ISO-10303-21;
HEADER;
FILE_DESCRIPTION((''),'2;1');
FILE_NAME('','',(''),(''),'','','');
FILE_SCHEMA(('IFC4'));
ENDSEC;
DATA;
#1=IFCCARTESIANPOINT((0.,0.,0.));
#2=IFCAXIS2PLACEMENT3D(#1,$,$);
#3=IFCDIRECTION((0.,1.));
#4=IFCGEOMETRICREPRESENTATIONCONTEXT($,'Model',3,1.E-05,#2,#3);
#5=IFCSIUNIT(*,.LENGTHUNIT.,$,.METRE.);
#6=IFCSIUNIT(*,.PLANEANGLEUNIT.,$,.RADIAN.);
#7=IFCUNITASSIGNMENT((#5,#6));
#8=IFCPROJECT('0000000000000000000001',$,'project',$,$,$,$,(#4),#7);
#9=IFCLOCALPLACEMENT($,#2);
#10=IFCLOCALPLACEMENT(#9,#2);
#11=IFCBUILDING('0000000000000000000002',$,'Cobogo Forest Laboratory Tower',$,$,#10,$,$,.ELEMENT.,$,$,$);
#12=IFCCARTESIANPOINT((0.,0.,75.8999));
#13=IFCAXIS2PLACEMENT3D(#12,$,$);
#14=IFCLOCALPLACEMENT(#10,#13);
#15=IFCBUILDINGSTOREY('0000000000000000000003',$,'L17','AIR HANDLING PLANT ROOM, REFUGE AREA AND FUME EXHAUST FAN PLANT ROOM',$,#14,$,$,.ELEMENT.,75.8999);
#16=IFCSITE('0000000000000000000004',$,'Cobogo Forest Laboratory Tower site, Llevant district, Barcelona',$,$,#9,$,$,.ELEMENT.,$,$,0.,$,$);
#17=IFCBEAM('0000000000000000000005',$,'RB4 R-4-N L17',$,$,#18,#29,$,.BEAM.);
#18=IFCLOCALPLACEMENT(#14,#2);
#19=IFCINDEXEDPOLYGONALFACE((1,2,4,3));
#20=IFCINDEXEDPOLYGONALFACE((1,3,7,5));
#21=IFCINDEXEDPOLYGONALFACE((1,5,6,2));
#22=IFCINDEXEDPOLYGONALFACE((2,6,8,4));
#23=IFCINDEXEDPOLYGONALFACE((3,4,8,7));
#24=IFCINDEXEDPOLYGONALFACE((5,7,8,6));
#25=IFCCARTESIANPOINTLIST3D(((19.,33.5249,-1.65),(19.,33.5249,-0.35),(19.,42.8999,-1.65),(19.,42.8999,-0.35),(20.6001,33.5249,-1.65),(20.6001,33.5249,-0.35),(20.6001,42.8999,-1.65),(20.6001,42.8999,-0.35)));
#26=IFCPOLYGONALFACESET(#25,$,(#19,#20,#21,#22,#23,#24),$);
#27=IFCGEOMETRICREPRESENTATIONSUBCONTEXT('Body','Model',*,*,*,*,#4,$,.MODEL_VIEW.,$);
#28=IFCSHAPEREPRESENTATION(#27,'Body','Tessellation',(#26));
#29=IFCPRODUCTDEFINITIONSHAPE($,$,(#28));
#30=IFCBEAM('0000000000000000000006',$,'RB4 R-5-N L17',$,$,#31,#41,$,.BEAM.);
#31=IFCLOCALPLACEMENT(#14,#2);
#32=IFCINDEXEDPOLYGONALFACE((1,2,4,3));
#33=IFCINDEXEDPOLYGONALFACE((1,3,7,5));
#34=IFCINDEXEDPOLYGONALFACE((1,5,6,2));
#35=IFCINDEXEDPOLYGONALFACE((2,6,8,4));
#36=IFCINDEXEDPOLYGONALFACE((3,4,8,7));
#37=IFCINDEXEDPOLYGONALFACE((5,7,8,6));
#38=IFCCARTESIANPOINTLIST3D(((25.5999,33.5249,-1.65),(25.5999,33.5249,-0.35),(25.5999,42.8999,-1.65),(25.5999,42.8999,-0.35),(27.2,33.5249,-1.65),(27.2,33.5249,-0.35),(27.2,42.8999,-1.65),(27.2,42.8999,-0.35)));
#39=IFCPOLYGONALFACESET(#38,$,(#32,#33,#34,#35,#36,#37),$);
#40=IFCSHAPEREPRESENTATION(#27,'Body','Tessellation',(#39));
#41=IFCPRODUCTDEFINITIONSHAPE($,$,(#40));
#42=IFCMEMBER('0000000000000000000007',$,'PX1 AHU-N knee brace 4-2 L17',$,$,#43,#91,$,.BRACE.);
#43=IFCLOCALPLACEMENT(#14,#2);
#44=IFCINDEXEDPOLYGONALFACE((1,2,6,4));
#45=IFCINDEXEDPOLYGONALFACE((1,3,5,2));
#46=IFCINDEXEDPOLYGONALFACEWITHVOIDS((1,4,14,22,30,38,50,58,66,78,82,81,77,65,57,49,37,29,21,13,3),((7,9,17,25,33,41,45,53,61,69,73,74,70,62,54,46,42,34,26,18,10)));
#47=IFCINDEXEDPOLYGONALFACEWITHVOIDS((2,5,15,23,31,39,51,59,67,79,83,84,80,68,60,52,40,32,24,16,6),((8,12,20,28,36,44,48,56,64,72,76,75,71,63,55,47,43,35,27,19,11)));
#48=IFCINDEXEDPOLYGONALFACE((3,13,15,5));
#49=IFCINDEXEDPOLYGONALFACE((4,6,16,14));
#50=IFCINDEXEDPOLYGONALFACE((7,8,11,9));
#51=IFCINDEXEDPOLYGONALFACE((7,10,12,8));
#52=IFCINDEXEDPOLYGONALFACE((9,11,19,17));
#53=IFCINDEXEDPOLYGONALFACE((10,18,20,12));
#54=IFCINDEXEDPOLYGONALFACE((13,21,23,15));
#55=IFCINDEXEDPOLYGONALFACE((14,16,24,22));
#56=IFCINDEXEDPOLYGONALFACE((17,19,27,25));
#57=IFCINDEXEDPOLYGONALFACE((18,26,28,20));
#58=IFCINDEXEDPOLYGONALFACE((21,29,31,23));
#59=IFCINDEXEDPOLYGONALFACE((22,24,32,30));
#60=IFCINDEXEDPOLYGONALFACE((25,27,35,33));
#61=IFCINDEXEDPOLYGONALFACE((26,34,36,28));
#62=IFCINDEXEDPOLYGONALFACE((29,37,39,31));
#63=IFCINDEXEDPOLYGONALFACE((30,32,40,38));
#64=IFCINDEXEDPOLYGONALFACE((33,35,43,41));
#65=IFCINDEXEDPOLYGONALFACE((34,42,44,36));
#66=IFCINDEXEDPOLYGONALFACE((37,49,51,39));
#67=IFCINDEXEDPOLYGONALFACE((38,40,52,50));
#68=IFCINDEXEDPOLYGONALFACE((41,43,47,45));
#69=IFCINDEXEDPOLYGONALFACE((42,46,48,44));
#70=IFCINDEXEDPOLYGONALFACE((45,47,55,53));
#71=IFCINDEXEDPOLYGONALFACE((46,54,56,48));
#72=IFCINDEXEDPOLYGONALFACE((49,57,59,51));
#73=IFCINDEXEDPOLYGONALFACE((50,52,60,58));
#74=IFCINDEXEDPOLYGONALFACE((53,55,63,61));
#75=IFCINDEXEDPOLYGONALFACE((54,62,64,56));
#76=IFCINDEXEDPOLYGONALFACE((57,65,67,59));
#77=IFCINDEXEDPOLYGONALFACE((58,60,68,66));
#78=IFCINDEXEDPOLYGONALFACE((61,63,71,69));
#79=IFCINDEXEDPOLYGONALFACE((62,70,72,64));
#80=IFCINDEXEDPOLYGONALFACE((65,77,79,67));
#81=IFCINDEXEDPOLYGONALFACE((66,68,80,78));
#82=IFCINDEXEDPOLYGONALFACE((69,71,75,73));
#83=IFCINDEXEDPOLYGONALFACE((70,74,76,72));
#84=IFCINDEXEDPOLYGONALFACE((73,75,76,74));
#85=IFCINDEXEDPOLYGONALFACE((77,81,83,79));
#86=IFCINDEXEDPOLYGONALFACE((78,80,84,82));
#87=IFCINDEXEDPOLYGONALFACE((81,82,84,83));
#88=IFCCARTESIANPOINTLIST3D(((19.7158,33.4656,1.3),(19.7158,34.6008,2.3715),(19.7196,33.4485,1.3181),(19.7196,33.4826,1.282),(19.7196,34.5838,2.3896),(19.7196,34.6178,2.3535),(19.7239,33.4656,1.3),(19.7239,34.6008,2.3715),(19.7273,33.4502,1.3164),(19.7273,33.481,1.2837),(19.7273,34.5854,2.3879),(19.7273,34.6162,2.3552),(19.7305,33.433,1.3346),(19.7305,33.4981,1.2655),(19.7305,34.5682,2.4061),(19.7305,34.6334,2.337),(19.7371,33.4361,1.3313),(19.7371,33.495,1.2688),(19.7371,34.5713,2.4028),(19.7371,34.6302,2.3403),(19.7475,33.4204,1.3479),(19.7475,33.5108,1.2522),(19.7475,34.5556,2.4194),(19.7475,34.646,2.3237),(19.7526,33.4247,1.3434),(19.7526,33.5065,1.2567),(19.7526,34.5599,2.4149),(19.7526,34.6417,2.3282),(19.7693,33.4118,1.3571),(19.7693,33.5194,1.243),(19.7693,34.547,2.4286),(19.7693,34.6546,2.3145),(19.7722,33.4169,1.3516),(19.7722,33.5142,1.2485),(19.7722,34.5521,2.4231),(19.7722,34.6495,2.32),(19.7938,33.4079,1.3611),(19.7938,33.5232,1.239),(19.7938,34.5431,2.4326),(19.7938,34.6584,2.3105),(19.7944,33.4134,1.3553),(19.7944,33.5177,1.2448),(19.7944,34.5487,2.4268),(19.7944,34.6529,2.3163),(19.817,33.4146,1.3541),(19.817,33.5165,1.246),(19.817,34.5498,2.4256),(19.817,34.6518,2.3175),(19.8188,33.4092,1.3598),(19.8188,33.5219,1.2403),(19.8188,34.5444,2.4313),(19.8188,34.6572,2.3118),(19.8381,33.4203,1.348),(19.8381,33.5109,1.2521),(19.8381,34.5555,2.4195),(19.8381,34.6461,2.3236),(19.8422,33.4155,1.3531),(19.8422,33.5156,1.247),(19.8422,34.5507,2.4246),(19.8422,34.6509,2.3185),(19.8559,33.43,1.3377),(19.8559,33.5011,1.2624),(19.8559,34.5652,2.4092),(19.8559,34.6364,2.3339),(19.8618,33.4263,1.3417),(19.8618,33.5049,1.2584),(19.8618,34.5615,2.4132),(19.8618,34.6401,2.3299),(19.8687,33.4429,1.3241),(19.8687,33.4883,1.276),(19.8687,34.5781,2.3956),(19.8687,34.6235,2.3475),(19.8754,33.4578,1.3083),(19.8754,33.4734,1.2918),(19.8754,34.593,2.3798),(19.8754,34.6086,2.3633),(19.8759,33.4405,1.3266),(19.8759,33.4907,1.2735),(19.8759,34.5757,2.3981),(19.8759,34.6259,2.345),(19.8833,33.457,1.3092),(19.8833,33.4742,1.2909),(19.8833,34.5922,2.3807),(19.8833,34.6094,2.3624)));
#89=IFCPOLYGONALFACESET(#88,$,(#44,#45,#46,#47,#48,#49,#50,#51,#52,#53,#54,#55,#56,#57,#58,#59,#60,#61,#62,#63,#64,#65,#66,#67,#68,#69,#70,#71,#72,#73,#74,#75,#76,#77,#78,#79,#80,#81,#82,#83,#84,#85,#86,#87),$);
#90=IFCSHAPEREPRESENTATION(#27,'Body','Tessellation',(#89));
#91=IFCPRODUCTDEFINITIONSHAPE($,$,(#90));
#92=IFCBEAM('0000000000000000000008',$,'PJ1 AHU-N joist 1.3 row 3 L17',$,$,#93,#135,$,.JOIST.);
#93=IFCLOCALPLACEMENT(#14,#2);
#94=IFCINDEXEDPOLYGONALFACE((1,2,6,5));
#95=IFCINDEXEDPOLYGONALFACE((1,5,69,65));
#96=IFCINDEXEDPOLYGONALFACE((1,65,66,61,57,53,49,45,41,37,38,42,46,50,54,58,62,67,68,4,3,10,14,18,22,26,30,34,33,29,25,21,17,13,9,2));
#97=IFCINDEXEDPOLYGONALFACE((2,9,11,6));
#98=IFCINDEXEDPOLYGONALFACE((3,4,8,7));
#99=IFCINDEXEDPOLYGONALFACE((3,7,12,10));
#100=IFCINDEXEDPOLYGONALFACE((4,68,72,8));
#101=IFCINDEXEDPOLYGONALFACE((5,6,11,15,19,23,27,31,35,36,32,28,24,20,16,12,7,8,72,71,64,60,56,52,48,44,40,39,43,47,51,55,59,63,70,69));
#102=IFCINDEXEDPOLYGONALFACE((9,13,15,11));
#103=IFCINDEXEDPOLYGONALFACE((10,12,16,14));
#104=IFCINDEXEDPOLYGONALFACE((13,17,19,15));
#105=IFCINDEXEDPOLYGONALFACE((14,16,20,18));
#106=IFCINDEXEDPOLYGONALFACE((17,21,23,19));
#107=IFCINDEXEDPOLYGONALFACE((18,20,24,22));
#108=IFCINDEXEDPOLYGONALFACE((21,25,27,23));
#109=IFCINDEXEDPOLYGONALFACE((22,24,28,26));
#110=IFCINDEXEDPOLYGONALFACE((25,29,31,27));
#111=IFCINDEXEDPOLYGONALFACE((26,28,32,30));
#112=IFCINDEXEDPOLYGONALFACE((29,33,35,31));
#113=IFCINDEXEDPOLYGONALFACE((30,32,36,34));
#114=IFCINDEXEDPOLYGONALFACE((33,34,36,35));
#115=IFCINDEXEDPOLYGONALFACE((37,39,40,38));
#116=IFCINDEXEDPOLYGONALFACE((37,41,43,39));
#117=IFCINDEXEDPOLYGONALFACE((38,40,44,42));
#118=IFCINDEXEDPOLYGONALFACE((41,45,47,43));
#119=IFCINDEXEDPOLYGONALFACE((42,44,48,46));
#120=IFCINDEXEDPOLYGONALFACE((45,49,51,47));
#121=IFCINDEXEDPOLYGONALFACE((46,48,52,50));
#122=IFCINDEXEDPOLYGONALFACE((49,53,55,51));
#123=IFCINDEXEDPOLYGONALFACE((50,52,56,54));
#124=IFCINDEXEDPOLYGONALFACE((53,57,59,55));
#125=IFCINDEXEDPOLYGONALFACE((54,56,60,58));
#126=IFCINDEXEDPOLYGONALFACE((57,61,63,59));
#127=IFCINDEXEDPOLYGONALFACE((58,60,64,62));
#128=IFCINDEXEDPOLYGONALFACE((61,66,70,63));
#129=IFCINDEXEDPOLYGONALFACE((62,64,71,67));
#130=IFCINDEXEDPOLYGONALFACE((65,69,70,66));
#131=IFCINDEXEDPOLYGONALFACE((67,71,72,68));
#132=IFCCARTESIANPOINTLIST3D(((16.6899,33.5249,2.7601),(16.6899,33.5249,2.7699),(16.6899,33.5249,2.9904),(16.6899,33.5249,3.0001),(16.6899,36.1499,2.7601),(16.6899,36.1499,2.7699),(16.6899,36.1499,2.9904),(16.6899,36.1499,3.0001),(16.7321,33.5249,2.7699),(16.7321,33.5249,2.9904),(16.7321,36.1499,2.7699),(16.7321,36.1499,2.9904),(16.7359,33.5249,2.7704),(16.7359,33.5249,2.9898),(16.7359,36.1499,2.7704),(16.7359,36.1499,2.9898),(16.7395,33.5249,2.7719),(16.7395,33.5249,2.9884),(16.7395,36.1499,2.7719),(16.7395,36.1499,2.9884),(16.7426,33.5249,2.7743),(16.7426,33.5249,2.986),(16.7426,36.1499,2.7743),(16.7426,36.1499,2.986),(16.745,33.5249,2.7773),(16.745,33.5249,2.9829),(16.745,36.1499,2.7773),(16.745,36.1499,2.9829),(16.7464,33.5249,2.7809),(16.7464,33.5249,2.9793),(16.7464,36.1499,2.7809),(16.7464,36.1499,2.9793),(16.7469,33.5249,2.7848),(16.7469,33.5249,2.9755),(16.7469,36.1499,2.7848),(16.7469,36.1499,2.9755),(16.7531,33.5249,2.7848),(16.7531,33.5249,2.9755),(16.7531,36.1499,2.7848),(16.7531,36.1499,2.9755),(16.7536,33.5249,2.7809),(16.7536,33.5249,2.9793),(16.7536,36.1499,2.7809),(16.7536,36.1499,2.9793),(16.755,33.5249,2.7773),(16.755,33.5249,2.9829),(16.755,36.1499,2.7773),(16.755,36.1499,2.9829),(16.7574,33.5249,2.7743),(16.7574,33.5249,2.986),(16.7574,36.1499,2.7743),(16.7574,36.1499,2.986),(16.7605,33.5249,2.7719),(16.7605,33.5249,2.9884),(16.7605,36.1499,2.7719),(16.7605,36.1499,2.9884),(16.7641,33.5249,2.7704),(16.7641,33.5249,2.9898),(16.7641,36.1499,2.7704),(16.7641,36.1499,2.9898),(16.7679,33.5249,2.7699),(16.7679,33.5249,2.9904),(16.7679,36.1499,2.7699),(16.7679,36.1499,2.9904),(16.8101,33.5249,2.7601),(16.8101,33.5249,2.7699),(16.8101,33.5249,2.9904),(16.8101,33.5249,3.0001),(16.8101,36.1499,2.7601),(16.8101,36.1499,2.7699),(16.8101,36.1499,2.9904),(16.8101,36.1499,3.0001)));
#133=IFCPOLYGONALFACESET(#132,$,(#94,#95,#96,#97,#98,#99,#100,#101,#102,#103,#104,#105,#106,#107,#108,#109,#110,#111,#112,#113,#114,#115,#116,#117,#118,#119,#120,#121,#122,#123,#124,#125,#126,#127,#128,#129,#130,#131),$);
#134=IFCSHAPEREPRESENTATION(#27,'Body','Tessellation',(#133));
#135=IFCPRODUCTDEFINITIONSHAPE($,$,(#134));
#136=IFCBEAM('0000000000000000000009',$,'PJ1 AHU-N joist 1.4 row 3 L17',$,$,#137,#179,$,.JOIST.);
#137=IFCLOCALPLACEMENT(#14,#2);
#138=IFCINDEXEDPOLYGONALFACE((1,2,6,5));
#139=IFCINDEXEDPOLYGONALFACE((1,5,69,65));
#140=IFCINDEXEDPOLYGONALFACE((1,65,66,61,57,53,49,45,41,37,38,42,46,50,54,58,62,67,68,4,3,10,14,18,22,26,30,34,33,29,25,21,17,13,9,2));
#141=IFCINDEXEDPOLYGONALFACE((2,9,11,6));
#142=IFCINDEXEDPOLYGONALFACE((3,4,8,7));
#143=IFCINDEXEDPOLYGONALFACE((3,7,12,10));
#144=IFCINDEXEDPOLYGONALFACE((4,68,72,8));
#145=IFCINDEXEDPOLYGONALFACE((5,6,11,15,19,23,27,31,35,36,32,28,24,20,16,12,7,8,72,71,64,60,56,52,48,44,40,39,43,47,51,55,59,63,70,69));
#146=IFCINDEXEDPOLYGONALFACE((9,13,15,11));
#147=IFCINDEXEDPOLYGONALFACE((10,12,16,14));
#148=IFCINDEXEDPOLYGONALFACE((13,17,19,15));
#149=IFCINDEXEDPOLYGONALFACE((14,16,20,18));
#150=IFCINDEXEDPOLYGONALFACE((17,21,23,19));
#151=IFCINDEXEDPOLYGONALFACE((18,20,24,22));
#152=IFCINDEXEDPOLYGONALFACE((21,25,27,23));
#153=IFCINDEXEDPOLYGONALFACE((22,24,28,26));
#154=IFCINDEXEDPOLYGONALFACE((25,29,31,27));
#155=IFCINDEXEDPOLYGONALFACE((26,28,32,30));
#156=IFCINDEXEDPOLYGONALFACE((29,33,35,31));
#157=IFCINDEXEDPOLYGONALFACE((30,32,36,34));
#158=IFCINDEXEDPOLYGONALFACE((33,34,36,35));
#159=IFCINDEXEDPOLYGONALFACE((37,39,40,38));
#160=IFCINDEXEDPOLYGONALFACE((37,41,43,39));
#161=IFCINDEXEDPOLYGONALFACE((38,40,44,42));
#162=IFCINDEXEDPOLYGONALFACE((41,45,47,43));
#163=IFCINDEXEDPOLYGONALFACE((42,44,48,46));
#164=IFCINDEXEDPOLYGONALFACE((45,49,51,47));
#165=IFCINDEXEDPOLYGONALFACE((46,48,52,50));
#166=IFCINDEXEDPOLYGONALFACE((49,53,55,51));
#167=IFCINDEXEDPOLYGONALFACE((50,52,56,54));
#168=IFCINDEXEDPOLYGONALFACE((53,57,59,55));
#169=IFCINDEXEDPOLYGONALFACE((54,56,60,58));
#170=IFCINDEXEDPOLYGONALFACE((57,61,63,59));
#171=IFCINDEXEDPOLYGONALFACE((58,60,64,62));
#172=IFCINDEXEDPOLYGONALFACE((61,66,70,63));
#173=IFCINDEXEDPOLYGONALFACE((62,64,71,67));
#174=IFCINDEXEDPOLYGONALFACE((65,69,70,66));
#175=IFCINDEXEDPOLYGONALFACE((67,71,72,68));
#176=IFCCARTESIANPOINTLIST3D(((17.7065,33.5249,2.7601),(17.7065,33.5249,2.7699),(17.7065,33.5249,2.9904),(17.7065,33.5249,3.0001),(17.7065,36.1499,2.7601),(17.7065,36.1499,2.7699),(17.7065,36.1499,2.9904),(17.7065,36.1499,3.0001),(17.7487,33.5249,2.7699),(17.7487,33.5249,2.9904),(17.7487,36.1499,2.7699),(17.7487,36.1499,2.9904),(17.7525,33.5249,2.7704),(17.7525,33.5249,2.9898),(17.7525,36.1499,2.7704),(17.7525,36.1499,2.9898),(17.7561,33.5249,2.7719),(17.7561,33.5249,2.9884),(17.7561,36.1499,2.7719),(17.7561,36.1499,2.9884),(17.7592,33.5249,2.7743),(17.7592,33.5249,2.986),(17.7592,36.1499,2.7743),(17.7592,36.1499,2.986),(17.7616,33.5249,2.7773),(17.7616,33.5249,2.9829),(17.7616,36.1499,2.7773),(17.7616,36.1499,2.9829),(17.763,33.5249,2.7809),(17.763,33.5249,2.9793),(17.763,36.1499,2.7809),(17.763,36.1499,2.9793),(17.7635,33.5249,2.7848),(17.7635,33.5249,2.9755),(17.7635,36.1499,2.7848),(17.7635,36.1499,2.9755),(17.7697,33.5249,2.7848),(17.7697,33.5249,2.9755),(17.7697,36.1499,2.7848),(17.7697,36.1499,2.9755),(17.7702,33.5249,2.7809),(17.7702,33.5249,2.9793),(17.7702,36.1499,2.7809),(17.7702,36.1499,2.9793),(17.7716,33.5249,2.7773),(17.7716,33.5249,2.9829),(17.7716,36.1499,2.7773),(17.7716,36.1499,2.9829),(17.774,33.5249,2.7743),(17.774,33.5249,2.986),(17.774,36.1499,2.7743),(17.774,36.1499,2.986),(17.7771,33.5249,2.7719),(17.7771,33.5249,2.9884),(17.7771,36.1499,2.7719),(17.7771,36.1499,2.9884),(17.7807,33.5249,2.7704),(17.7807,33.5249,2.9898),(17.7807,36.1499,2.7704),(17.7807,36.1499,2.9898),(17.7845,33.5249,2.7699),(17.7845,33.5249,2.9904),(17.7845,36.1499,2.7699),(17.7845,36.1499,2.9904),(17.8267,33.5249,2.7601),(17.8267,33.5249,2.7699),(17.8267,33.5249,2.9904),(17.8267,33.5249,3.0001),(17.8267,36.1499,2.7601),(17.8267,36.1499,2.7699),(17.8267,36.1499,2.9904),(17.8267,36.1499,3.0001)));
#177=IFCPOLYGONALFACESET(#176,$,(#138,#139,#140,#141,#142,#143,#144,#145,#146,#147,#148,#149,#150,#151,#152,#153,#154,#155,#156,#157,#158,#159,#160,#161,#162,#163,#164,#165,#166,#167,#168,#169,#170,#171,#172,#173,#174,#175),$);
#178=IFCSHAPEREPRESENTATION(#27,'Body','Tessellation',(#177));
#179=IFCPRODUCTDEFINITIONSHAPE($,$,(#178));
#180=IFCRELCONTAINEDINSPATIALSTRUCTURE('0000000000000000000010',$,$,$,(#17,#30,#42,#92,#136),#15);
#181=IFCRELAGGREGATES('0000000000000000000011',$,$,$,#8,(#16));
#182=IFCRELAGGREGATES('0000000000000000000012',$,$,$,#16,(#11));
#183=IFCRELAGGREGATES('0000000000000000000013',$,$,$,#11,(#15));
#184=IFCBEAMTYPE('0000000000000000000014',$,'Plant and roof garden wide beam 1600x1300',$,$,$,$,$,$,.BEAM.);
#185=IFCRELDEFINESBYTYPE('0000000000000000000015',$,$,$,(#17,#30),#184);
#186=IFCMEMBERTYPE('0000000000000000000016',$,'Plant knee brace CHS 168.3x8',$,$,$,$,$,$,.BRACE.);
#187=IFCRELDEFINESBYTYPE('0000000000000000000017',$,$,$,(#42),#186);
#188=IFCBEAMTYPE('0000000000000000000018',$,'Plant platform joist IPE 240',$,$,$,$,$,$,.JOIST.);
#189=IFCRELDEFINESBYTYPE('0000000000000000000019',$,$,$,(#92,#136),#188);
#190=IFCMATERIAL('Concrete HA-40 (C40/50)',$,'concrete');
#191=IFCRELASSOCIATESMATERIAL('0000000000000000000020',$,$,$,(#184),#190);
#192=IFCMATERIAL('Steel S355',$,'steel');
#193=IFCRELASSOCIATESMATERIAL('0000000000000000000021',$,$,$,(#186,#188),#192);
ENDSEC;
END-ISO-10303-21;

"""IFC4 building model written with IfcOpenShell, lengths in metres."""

from ifc_helpers import new_model, si_unit, direction, frame, origin, origin_2d, place, context, subcontext, project, spatial, rectangle, hollow_circle, i_section, extrude, material, material_profile, profile_set, type_object, element, save


model = new_model("IFC4")

# Units and contexts
model_context = context("Model", 3, precision=1e-05, world=origin(), true_north=direction((0.0, 1.0)))
body_context = subcontext(model_context, "Body", "Model", "MODEL_VIEW")
ifc_project = project(units=[si_unit("LENGTHUNIT", "METRE"), si_unit("PLANEANGLEUNIT", "RADIAN")], contexts=[model_context])

# Site, building, storey
site_placement = place(None, origin())
site = spatial("IfcSite", under=ifc_project, at=site_placement, Name="Cobogo Forest Laboratory Tower site, Llevant district, Barcelona", CompositionType="ELEMENT", RefElevation=0.0)
building_placement = place(site_placement, origin())
building = spatial("IfcBuilding", under=site, at=building_placement, Name="Cobogo Forest Laboratory Tower", CompositionType="ELEMENT")
storey_placement = place(building_placement, frame((0.0, 0.0, 75.8999)))
storey = spatial("IfcBuildingStorey", under=building, at=storey_placement, Name="L17", Description="AIR HANDLING PLANT ROOM, REFUGE AREA AND FUME EXHAUST FAN PLANT ROOM", CompositionType="ELEMENT", Elevation=75.8999)

# Beams
ifc_material_1 = material(Name="Concrete HA-40 (C40/50)", Category="concrete")
ifc_material_profile_1 = material_profile(ifc_material_1, rectangle(XDim=1.6001, YDim=1.3, at=origin_2d()), Name="RC 1600x1300")
ifc_profile_set_1 = profile_set([ifc_material_profile_1], Name="Concrete HA-40 (C40/50)")
beam_type_1 = type_object("IfcBeamType", Name="Plant and roof garden wide beam 1600x1300", PredefinedType="BEAM", material=ifc_profile_set_1)
for number, where, z_axis, x_axis, name in (
    (1, (19.8, 33.5249, -1.0), (0.0, 1.0, 0.0), (-1.0, 0.0, 0.0), "RB4 R-4-N L17"),
    (2, (26.3999, 33.5249, -1.0), (0.0, 1.0, 0.0), (-1.0, 0.0, 0.0), "RB4 R-5-N L17"),
):
    element("IfcBeam", number, at=place(storey_placement, frame(where, z_axis=z_axis, x_axis=x_axis)), inside=storey, type_object=beam_type_1, Name=name, PredefinedType="BEAM", context=body_context, shape_type="SweptSolid", body=[
        extrude(rectangle(XDim=1.6001, YDim=1.3, at=origin_2d()), origin(), (0.0, 0.0, 1.0), 9.375),
    ])

# Member
ifc_material_2 = material(Name="Steel S355", Category="steel")
ifc_material_profile_2 = material_profile(ifc_material_2, hollow_circle(Radius=0.0842, WallThickness=0.0081, at=origin_2d()), Name="CHS 168.3x8")
ifc_profile_set_2 = profile_set([ifc_material_profile_2], Name="Steel S355")
member_type = type_object("IfcMemberType", Name="Plant knee brace CHS 168.3x8", PredefinedType="BRACE", material=ifc_profile_set_2)
member_placement = place(storey_placement, frame((19.8, 33.4656, 1.3), z_axis=(0.0, 0.727221, 0.686403), x_axis=(-1.0, 0.0, 0.0)))
element("IfcMember", 3, at=member_placement, inside=storey, type_object=member_type, Name="PX1 AHU-N knee brace 4-2 L17", PredefinedType="BRACE", context=body_context, shape_type="SweptSolid", body=[
    extrude(hollow_circle(Radius=0.0842, WallThickness=0.0081, at=origin_2d()), origin(), (0.0, 0.0, 1.0), 1.561),
])

# Beams
ifc_material_profile_3 = material_profile(ifc_material_2, i_section(OverallWidth=0.1201, OverallDepth=0.24, WebThickness=0.0061, FlangeThickness=0.0098, FilletRadius=0.0149, at=origin_2d()), Name="IPE 240")
ifc_profile_set_3 = profile_set([ifc_material_profile_3], Name="Steel S355")
beam_type_2 = type_object("IfcBeamType", Name="Plant platform joist IPE 240", PredefinedType="JOIST", material=ifc_profile_set_3)
for number, where, z_axis, x_axis, name in (
    (4, (16.75, 36.1499, 2.8801), (0.0, -1.0, 0.0), (1.0, 0.0, 0.0), "PJ1 AHU-N joist 1.3 row 3 L17"),
    (5, (17.7666, 36.1499, 2.8801), (0.0, -1.0, 0.0), (1.0, 0.0, 0.0), "PJ1 AHU-N joist 1.4 row 3 L17"),
):
    element("IfcBeam", number, at=place(storey_placement, frame(where, z_axis=z_axis, x_axis=x_axis)), inside=storey, type_object=beam_type_2, Name=name, PredefinedType="JOIST", context=body_context, shape_type="SweptSolid", body=[
        extrude(i_section(OverallWidth=0.1201, OverallDepth=0.24, WebThickness=0.0061, FlangeThickness=0.0098, FilletRadius=0.0149, at=origin_2d()), origin(), (0.0, 0.0, 1.0), 2.625),
    ])

save(model, "model.ifc")
